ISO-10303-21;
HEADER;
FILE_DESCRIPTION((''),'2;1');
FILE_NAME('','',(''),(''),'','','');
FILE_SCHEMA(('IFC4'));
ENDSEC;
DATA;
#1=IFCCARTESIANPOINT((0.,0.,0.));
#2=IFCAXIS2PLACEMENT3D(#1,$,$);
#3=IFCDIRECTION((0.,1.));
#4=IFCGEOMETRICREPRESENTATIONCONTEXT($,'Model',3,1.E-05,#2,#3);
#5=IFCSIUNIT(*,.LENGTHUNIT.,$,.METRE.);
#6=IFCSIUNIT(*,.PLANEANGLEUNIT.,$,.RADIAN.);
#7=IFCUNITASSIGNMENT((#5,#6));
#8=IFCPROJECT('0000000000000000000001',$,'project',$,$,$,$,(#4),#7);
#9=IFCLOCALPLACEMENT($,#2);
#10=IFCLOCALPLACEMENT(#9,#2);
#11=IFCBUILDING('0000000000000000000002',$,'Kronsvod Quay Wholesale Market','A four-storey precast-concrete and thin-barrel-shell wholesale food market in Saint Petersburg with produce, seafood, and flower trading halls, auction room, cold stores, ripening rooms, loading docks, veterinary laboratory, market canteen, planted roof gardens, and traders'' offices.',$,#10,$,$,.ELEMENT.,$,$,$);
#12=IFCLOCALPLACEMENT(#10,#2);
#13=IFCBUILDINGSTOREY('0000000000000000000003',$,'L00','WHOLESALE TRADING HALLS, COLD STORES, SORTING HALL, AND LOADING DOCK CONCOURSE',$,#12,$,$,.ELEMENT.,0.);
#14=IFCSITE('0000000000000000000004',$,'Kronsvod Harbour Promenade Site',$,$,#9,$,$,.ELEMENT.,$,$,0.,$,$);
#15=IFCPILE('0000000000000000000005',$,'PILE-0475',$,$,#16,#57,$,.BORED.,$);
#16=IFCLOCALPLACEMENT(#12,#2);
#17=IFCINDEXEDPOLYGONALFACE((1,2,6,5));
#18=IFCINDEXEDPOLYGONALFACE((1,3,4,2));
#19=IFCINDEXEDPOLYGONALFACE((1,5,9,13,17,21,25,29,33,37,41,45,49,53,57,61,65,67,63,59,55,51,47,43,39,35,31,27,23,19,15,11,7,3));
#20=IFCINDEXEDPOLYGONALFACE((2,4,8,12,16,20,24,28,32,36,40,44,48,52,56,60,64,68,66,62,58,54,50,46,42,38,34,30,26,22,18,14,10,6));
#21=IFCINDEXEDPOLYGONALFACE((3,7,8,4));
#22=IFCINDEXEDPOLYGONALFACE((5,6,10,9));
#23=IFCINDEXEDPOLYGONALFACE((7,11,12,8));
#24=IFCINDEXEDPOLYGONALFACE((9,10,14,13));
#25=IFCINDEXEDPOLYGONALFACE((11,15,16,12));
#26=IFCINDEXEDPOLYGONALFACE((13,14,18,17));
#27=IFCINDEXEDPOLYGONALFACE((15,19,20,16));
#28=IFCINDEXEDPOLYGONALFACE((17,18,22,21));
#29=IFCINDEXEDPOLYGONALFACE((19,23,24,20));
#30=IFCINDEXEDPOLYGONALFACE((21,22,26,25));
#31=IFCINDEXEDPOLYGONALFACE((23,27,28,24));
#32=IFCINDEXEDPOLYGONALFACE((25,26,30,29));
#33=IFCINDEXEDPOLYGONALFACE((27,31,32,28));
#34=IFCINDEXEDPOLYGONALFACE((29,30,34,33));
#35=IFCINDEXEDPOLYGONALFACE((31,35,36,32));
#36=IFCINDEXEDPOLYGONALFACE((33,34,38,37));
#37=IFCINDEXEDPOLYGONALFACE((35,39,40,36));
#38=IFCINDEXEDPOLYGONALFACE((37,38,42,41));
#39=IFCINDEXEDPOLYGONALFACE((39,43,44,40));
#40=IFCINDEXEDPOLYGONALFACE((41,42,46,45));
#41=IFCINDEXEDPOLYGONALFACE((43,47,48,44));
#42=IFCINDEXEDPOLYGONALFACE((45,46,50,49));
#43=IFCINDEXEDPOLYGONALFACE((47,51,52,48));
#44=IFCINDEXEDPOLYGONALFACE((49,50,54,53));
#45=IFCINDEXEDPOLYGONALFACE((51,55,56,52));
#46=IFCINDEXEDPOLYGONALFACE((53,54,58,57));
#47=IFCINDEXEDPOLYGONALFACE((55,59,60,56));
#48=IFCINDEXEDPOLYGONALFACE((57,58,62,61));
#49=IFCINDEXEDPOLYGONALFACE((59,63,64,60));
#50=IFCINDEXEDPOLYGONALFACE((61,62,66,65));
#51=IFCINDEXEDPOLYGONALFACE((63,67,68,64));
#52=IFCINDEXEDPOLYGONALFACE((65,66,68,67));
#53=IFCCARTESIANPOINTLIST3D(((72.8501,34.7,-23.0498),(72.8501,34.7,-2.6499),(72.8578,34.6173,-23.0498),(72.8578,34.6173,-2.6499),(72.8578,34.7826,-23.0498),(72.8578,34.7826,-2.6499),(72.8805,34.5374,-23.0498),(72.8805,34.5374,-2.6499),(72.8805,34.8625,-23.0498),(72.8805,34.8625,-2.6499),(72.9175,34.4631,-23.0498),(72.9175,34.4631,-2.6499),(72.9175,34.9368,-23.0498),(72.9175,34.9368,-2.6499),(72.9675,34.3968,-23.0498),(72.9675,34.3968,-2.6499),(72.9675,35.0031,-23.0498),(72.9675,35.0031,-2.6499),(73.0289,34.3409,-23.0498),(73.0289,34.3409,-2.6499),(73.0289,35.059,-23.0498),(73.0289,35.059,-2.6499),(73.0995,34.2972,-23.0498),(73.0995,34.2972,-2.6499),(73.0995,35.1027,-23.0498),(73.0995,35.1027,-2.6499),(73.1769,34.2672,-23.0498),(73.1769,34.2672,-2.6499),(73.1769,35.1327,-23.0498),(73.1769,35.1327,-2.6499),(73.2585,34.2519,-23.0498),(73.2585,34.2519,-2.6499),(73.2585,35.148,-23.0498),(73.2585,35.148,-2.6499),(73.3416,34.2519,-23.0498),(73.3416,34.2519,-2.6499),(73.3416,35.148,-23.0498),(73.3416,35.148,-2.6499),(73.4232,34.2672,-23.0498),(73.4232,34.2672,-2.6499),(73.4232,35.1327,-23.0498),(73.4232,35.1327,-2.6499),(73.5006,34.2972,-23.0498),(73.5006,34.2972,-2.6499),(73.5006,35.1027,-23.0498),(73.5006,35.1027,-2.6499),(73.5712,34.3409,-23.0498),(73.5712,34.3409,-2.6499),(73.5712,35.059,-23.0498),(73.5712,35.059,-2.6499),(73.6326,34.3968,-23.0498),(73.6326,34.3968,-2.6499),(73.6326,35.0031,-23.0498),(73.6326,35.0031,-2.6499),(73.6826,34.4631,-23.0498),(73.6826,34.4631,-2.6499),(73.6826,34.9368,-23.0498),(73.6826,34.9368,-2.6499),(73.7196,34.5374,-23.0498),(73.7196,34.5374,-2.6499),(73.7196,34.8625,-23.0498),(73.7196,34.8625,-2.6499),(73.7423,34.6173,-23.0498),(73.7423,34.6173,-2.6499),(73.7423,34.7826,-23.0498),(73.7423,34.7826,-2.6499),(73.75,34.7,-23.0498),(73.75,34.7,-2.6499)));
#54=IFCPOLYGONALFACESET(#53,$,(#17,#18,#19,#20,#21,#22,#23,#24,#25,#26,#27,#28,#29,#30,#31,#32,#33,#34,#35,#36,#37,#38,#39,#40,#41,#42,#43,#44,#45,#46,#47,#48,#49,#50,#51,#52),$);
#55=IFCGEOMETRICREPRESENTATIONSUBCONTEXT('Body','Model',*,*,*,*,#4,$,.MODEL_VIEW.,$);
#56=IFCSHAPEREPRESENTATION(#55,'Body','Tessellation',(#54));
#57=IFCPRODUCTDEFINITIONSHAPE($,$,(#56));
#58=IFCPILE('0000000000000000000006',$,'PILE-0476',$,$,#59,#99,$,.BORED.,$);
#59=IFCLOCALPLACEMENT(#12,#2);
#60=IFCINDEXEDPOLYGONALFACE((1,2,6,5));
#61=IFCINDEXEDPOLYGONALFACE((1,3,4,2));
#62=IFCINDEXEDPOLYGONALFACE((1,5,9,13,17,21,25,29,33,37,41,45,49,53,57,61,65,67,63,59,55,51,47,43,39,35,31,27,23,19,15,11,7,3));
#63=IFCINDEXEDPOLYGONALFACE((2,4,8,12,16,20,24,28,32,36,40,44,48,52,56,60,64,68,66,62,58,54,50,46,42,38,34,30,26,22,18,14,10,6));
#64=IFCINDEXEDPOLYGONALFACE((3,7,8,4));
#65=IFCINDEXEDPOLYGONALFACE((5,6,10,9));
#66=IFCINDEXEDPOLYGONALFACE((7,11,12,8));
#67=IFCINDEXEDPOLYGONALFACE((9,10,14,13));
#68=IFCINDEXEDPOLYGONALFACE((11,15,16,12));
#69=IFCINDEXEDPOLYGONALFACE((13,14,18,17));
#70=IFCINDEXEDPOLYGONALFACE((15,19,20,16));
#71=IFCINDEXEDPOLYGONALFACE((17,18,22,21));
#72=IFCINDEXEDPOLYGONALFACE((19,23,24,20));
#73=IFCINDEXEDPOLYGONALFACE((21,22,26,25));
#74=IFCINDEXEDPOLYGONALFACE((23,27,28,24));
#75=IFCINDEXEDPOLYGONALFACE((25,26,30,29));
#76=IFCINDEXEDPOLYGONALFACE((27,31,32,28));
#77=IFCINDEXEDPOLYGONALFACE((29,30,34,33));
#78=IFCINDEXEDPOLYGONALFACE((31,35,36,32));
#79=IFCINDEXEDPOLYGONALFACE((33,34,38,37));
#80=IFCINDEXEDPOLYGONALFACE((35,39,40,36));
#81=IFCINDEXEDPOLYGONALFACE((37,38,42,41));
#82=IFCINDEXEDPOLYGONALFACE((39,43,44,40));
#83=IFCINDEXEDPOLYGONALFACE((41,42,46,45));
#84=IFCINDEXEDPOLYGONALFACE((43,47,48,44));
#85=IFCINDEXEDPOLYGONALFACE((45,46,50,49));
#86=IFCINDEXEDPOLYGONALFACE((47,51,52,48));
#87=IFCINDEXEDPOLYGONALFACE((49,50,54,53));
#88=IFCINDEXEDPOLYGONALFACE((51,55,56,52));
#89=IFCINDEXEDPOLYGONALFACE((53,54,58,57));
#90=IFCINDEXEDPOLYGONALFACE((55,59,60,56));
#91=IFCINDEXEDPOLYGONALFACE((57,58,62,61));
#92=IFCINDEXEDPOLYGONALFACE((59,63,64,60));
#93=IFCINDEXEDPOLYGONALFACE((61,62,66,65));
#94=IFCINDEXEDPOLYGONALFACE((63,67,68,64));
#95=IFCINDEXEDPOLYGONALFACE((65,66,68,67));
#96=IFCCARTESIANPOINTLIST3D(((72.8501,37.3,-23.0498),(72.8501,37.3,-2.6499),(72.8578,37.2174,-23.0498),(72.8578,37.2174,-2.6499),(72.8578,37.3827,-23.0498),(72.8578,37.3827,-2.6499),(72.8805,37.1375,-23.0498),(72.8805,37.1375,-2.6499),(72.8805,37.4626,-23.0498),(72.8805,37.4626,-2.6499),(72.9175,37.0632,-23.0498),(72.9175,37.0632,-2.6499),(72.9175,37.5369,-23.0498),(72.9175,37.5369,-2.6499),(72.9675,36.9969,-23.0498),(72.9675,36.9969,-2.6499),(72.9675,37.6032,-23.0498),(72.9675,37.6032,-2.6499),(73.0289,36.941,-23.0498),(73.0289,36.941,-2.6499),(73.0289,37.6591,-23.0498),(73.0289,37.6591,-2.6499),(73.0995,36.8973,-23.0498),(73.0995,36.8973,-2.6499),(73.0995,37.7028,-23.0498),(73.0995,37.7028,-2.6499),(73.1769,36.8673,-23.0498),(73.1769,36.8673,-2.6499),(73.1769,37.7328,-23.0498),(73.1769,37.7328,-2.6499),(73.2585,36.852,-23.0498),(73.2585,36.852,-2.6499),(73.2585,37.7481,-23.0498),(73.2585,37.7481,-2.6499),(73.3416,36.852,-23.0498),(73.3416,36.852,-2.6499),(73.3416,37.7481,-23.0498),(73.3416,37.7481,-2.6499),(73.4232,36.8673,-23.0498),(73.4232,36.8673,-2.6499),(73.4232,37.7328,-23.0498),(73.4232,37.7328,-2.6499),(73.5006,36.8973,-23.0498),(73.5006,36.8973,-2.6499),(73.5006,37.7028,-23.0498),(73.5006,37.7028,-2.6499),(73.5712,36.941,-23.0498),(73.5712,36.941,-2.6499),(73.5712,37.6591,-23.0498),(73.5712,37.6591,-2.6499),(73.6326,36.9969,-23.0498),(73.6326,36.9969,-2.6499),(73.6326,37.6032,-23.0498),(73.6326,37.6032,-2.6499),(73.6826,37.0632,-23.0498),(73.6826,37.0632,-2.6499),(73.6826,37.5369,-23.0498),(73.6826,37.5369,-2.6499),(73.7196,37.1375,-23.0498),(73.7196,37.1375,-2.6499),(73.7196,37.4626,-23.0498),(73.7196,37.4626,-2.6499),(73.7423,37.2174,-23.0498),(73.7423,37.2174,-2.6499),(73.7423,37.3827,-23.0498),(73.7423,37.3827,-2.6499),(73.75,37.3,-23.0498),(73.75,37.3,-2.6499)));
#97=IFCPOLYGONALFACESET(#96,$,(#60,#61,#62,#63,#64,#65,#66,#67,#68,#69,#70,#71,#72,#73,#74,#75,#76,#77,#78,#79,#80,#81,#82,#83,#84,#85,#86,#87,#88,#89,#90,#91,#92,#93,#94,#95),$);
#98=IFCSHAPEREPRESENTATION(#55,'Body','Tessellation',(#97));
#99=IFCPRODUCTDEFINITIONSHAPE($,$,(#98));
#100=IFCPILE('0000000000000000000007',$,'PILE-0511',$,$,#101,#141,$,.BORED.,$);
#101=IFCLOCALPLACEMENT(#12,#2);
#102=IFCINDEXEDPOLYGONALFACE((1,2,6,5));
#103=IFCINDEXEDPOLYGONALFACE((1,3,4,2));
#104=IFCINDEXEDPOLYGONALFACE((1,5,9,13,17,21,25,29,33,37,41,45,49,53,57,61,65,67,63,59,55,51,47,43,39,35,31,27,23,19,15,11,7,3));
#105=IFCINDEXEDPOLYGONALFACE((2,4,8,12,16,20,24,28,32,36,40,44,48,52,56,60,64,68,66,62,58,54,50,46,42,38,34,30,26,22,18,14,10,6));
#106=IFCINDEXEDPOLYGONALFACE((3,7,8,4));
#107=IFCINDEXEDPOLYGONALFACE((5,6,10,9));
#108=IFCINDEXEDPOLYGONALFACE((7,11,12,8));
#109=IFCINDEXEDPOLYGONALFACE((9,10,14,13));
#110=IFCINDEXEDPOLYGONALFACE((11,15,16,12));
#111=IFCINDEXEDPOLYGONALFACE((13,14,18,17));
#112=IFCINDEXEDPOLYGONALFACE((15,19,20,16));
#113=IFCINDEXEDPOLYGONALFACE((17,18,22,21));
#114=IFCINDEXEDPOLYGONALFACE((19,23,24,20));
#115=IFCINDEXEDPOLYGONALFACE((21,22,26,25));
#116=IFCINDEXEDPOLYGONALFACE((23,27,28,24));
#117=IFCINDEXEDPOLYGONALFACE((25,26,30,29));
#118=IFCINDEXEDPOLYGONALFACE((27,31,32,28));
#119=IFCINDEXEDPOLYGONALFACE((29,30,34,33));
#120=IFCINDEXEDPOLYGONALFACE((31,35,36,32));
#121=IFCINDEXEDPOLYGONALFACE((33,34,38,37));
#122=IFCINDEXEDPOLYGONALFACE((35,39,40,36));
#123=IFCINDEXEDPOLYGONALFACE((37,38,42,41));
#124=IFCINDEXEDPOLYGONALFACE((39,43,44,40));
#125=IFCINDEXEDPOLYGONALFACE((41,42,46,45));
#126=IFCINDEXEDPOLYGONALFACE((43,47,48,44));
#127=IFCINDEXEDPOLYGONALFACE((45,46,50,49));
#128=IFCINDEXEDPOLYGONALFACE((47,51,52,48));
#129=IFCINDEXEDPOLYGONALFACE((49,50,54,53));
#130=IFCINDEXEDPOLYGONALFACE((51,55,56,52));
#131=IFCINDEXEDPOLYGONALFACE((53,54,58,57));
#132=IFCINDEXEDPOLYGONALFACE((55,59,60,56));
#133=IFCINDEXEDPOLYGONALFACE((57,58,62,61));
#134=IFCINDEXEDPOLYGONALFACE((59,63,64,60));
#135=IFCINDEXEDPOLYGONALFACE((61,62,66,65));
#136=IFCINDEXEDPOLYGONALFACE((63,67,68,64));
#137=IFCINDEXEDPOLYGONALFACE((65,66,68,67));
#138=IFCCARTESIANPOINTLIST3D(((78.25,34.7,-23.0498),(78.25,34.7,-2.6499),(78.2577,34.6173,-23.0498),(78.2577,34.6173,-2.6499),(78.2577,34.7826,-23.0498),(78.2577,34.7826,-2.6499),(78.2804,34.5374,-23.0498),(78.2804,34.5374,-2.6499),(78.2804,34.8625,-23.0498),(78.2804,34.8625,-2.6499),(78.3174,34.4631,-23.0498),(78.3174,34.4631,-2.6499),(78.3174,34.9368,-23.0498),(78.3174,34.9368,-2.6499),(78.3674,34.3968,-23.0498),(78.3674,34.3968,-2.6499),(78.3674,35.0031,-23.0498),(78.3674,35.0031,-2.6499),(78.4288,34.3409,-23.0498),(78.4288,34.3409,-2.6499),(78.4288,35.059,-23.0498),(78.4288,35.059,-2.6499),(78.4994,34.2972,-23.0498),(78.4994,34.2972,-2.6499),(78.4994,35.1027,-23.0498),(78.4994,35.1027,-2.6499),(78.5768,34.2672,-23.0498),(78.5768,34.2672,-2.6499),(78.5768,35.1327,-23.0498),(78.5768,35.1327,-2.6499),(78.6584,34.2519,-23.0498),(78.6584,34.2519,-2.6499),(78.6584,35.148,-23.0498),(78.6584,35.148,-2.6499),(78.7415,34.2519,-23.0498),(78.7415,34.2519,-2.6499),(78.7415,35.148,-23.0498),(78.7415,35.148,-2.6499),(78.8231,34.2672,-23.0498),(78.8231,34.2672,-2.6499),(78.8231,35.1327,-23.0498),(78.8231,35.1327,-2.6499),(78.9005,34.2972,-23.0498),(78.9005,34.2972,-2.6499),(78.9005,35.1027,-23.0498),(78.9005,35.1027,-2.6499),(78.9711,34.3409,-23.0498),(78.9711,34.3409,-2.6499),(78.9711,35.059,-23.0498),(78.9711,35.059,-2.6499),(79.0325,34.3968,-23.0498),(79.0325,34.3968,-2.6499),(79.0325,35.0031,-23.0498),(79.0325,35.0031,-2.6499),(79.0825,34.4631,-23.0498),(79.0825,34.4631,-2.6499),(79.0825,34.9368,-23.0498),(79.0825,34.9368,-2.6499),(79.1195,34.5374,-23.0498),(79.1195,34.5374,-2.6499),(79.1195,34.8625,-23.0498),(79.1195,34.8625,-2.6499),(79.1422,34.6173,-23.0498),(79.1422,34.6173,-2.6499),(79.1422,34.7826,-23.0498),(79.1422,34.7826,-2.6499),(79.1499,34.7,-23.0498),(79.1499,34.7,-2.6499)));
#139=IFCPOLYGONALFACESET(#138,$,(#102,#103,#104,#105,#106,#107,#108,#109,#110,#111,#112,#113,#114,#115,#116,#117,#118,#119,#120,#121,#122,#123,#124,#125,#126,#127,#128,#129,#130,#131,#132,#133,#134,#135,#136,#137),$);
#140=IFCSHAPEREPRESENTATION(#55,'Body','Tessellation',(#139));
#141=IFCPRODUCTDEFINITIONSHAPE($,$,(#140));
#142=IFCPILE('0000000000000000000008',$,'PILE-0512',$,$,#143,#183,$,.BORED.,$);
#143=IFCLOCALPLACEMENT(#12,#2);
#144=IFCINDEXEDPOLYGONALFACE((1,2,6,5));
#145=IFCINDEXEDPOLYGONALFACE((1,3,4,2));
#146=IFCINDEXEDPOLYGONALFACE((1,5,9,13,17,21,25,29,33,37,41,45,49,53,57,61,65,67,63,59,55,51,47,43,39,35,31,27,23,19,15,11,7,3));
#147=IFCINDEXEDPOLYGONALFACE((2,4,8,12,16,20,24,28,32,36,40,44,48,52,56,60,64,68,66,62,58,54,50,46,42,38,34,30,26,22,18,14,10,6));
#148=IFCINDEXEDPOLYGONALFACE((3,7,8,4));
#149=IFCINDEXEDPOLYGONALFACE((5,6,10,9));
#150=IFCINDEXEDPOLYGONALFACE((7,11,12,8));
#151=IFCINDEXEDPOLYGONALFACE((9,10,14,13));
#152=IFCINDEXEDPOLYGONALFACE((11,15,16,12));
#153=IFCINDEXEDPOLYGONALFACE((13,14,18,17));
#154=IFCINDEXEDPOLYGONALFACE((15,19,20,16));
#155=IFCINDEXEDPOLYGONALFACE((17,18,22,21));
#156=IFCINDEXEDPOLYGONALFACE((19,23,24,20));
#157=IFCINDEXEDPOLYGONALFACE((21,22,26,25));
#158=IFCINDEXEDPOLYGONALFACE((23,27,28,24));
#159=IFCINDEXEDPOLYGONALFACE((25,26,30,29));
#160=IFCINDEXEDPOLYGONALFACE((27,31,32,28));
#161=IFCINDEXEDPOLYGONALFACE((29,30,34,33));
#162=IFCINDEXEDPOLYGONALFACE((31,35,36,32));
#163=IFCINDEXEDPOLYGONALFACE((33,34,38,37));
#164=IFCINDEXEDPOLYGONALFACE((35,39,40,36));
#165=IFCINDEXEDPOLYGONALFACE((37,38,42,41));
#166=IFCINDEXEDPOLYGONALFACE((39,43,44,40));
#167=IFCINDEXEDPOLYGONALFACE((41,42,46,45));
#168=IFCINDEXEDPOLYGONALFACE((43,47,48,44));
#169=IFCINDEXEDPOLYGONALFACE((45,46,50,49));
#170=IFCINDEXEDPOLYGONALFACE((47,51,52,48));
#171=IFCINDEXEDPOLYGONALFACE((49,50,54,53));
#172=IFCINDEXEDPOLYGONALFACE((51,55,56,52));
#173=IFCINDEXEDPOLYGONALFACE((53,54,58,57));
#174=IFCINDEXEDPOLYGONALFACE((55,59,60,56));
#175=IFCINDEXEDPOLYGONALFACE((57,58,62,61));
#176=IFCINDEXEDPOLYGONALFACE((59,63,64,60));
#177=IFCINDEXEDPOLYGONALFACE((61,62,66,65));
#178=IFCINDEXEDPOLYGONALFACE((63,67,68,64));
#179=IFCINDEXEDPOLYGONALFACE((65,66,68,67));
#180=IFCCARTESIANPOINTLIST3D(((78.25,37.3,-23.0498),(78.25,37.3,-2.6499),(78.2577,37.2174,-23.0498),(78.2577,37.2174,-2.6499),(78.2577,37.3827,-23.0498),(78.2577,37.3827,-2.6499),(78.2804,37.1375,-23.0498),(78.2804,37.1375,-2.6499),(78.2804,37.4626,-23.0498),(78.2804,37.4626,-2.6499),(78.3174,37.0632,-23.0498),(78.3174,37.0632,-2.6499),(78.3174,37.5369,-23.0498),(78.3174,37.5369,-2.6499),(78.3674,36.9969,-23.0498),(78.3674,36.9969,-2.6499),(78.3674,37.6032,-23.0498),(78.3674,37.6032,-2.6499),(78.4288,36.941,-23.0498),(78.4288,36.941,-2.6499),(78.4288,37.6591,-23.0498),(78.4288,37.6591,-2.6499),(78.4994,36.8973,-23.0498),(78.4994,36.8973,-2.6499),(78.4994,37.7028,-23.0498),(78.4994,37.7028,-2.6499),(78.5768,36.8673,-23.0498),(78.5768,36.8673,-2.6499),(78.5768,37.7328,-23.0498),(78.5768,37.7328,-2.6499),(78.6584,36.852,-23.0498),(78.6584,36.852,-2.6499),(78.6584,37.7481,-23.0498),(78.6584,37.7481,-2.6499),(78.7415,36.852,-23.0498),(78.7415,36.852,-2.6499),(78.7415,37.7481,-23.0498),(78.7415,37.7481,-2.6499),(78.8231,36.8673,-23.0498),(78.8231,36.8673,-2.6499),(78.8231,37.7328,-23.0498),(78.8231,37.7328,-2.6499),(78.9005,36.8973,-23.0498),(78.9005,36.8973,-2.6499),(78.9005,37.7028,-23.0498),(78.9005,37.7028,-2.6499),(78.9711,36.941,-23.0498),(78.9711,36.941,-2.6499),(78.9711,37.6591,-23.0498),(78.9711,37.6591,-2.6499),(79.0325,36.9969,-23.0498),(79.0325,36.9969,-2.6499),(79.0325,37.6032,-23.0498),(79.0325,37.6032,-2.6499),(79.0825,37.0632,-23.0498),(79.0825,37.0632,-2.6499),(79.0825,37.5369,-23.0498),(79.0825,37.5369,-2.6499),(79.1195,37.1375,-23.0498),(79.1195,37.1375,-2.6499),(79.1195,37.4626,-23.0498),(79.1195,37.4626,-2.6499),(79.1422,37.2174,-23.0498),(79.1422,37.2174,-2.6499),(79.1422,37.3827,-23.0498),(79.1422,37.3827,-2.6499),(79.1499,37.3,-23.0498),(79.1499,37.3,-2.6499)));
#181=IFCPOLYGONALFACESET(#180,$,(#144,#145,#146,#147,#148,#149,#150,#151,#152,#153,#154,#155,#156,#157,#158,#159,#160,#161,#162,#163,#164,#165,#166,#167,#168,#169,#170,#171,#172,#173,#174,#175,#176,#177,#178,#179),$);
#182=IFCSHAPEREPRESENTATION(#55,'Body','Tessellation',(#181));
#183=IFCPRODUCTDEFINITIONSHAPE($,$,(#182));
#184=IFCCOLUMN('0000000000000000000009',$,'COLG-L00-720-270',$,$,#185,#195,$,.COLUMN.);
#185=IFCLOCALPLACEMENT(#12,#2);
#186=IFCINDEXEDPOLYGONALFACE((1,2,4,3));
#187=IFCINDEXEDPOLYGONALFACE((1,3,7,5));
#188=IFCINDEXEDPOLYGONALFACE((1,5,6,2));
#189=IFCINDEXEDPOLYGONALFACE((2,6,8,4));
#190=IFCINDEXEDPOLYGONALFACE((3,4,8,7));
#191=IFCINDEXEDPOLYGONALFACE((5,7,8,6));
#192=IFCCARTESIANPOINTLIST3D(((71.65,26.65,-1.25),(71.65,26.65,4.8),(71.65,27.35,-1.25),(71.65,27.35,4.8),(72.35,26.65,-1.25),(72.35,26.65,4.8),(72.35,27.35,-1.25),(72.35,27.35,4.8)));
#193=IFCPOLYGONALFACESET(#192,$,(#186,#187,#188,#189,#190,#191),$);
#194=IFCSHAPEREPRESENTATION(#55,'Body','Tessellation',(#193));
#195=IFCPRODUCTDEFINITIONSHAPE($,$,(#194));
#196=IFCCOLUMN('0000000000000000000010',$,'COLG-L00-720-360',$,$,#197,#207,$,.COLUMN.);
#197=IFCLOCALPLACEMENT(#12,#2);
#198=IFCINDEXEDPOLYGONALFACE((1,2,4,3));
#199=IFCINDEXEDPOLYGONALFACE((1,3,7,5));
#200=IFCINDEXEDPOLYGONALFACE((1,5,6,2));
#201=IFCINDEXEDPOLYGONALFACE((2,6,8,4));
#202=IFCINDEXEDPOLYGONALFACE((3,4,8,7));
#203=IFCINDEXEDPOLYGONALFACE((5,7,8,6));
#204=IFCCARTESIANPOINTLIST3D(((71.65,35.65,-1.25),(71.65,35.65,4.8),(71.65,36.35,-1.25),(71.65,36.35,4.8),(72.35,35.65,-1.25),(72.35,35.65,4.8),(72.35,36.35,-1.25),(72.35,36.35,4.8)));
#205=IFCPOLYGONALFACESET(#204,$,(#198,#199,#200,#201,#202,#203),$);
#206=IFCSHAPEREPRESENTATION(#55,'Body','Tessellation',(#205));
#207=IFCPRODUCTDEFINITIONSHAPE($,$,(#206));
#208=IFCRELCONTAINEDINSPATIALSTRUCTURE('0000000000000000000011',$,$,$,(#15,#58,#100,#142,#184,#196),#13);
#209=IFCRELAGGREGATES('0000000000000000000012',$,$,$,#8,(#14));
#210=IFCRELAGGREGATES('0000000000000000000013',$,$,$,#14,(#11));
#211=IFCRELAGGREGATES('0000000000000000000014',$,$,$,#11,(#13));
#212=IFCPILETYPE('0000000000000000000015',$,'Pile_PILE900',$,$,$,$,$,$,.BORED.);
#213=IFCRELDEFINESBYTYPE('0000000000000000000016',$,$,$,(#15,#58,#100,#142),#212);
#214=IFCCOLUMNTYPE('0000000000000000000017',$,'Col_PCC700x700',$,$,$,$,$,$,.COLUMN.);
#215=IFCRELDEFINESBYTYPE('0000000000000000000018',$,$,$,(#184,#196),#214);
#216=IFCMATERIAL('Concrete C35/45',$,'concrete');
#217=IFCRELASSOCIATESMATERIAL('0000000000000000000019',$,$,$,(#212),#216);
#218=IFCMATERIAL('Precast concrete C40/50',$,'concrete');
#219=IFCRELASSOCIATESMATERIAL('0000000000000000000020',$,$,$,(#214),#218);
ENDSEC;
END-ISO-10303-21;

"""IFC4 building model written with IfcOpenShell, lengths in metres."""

from ifc_helpers import new_model, si_unit, direction, frame, origin, origin_2d, place, context, subcontext, project, spatial, rectangle, circle, extrude, material, material_profile, profile_set, type_object, element, save


model = new_model("IFC4")

# Units and contexts
model_context = context("Model", 3, precision=1e-05, world=origin(), true_north=direction((0.0, 1.0)))
body_context = subcontext(model_context, "Body", "Model", "MODEL_VIEW")
ifc_project = project(units=[si_unit("LENGTHUNIT", "METRE"), si_unit("PLANEANGLEUNIT", "RADIAN")], contexts=[model_context])

# Site, building, storey
site_placement = place(None, origin())
site = spatial("IfcSite", under=ifc_project, at=site_placement, Name="Kronsvod Harbour Promenade Site", CompositionType="ELEMENT", RefElevation=0.0)
building_placement = place(site_placement, origin())
building = spatial("IfcBuilding", under=site, at=building_placement, Name="Kronsvod Quay Wholesale Market", Description="A four-storey precast-concrete and thin-barrel-shell wholesale food market in Saint Petersburg with produce, seafood, and flower trading halls, auction room, cold stores, ripening rooms, loading docks, veterinary laboratory, market canteen, planted roof gardens, and traders' offices.", CompositionType="ELEMENT")
storey_placement = place(building_placement, origin())
storey = spatial("IfcBuildingStorey", under=building, at=storey_placement, Name="L00", Description="WHOLESALE TRADING HALLS, COLD STORES, SORTING HALL, AND LOADING DOCK CONCOURSE", CompositionType="ELEMENT", Elevation=0.0)

# Piles
ifc_material_1 = material(Name="Concrete C35/45", Category="concrete")
ifc_material_profile_1 = material_profile(ifc_material_1, circle(Radius=0.45, at=origin_2d()), Name="PILE900")
ifc_profile_set_1 = profile_set([ifc_material_profile_1], Name="Concrete C35/45")
pile_type_1 = type_object("IfcPileType", Name="Pile_PILE900", PredefinedType="BORED", material=ifc_profile_set_1)
for number, where, z_axis, x_axis, name in (
    (1, (73.3, 34.7, -2.6499), (0.0, 0.0, -1.0), (1.0, 0.0, 0.0), "PILE-0475"),
    (2, (73.3, 37.3, -2.6499), (0.0, 0.0, -1.0), (1.0, 0.0, 0.0), "PILE-0476"),
    (3, (78.7, 34.7, -2.6499), (0.0, 0.0, -1.0), (1.0, 0.0, 0.0), "PILE-0511"),
    (4, (78.7, 37.3, -2.6499), (0.0, 0.0, -1.0), (1.0, 0.0, 0.0), "PILE-0512"),
):
    element("IfcPile", number, at=place(storey_placement, frame(where, z_axis=z_axis, x_axis=x_axis)), inside=storey, type_object=pile_type_1, Name=name, PredefinedType="BORED", context=body_context, shape_type="SweptSolid", body=[
        extrude(circle(Radius=0.45, at=origin_2d()), origin(), (0.0, 0.0, 1.0), 20.3999),
    ])

# Columns
ifc_material_2 = material(Name="Precast concrete C40/50", Category="concrete")
ifc_material_profile_2 = material_profile(ifc_material_2, rectangle(XDim=0.7, YDim=0.7, at=origin_2d()), Name="PCC700x700")
ifc_profile_set_2 = profile_set([ifc_material_profile_2], Name="Precast concrete C40/50")
column_type = type_object("IfcColumnType", Name="Col_PCC700x700", PredefinedType="COLUMN", material=ifc_profile_set_2)
for number, where, z_axis, x_axis, name in (
    (5, (72.0, 27.0, -1.25), (0.0, 0.0, 1.0), (1.0, 0.0, 0.0), "COLG-L00-720-270"),
    (6, (72.0, 36.0, -1.25), (0.0, 0.0, 1.0), (1.0, 0.0, 0.0), "COLG-L00-720-360"),
):
    element("IfcColumn", number, at=place(storey_placement, frame(where, z_axis=z_axis, x_axis=x_axis)), inside=storey, type_object=column_type, Name=name, PredefinedType="COLUMN", context=body_context, shape_type="SweptSolid", body=[
        extrude(rectangle(XDim=0.7, YDim=0.7, at=origin_2d()), origin(), (0.0, 0.0, 1.0), 6.05),
    ])

save(model, "model.ifc")
